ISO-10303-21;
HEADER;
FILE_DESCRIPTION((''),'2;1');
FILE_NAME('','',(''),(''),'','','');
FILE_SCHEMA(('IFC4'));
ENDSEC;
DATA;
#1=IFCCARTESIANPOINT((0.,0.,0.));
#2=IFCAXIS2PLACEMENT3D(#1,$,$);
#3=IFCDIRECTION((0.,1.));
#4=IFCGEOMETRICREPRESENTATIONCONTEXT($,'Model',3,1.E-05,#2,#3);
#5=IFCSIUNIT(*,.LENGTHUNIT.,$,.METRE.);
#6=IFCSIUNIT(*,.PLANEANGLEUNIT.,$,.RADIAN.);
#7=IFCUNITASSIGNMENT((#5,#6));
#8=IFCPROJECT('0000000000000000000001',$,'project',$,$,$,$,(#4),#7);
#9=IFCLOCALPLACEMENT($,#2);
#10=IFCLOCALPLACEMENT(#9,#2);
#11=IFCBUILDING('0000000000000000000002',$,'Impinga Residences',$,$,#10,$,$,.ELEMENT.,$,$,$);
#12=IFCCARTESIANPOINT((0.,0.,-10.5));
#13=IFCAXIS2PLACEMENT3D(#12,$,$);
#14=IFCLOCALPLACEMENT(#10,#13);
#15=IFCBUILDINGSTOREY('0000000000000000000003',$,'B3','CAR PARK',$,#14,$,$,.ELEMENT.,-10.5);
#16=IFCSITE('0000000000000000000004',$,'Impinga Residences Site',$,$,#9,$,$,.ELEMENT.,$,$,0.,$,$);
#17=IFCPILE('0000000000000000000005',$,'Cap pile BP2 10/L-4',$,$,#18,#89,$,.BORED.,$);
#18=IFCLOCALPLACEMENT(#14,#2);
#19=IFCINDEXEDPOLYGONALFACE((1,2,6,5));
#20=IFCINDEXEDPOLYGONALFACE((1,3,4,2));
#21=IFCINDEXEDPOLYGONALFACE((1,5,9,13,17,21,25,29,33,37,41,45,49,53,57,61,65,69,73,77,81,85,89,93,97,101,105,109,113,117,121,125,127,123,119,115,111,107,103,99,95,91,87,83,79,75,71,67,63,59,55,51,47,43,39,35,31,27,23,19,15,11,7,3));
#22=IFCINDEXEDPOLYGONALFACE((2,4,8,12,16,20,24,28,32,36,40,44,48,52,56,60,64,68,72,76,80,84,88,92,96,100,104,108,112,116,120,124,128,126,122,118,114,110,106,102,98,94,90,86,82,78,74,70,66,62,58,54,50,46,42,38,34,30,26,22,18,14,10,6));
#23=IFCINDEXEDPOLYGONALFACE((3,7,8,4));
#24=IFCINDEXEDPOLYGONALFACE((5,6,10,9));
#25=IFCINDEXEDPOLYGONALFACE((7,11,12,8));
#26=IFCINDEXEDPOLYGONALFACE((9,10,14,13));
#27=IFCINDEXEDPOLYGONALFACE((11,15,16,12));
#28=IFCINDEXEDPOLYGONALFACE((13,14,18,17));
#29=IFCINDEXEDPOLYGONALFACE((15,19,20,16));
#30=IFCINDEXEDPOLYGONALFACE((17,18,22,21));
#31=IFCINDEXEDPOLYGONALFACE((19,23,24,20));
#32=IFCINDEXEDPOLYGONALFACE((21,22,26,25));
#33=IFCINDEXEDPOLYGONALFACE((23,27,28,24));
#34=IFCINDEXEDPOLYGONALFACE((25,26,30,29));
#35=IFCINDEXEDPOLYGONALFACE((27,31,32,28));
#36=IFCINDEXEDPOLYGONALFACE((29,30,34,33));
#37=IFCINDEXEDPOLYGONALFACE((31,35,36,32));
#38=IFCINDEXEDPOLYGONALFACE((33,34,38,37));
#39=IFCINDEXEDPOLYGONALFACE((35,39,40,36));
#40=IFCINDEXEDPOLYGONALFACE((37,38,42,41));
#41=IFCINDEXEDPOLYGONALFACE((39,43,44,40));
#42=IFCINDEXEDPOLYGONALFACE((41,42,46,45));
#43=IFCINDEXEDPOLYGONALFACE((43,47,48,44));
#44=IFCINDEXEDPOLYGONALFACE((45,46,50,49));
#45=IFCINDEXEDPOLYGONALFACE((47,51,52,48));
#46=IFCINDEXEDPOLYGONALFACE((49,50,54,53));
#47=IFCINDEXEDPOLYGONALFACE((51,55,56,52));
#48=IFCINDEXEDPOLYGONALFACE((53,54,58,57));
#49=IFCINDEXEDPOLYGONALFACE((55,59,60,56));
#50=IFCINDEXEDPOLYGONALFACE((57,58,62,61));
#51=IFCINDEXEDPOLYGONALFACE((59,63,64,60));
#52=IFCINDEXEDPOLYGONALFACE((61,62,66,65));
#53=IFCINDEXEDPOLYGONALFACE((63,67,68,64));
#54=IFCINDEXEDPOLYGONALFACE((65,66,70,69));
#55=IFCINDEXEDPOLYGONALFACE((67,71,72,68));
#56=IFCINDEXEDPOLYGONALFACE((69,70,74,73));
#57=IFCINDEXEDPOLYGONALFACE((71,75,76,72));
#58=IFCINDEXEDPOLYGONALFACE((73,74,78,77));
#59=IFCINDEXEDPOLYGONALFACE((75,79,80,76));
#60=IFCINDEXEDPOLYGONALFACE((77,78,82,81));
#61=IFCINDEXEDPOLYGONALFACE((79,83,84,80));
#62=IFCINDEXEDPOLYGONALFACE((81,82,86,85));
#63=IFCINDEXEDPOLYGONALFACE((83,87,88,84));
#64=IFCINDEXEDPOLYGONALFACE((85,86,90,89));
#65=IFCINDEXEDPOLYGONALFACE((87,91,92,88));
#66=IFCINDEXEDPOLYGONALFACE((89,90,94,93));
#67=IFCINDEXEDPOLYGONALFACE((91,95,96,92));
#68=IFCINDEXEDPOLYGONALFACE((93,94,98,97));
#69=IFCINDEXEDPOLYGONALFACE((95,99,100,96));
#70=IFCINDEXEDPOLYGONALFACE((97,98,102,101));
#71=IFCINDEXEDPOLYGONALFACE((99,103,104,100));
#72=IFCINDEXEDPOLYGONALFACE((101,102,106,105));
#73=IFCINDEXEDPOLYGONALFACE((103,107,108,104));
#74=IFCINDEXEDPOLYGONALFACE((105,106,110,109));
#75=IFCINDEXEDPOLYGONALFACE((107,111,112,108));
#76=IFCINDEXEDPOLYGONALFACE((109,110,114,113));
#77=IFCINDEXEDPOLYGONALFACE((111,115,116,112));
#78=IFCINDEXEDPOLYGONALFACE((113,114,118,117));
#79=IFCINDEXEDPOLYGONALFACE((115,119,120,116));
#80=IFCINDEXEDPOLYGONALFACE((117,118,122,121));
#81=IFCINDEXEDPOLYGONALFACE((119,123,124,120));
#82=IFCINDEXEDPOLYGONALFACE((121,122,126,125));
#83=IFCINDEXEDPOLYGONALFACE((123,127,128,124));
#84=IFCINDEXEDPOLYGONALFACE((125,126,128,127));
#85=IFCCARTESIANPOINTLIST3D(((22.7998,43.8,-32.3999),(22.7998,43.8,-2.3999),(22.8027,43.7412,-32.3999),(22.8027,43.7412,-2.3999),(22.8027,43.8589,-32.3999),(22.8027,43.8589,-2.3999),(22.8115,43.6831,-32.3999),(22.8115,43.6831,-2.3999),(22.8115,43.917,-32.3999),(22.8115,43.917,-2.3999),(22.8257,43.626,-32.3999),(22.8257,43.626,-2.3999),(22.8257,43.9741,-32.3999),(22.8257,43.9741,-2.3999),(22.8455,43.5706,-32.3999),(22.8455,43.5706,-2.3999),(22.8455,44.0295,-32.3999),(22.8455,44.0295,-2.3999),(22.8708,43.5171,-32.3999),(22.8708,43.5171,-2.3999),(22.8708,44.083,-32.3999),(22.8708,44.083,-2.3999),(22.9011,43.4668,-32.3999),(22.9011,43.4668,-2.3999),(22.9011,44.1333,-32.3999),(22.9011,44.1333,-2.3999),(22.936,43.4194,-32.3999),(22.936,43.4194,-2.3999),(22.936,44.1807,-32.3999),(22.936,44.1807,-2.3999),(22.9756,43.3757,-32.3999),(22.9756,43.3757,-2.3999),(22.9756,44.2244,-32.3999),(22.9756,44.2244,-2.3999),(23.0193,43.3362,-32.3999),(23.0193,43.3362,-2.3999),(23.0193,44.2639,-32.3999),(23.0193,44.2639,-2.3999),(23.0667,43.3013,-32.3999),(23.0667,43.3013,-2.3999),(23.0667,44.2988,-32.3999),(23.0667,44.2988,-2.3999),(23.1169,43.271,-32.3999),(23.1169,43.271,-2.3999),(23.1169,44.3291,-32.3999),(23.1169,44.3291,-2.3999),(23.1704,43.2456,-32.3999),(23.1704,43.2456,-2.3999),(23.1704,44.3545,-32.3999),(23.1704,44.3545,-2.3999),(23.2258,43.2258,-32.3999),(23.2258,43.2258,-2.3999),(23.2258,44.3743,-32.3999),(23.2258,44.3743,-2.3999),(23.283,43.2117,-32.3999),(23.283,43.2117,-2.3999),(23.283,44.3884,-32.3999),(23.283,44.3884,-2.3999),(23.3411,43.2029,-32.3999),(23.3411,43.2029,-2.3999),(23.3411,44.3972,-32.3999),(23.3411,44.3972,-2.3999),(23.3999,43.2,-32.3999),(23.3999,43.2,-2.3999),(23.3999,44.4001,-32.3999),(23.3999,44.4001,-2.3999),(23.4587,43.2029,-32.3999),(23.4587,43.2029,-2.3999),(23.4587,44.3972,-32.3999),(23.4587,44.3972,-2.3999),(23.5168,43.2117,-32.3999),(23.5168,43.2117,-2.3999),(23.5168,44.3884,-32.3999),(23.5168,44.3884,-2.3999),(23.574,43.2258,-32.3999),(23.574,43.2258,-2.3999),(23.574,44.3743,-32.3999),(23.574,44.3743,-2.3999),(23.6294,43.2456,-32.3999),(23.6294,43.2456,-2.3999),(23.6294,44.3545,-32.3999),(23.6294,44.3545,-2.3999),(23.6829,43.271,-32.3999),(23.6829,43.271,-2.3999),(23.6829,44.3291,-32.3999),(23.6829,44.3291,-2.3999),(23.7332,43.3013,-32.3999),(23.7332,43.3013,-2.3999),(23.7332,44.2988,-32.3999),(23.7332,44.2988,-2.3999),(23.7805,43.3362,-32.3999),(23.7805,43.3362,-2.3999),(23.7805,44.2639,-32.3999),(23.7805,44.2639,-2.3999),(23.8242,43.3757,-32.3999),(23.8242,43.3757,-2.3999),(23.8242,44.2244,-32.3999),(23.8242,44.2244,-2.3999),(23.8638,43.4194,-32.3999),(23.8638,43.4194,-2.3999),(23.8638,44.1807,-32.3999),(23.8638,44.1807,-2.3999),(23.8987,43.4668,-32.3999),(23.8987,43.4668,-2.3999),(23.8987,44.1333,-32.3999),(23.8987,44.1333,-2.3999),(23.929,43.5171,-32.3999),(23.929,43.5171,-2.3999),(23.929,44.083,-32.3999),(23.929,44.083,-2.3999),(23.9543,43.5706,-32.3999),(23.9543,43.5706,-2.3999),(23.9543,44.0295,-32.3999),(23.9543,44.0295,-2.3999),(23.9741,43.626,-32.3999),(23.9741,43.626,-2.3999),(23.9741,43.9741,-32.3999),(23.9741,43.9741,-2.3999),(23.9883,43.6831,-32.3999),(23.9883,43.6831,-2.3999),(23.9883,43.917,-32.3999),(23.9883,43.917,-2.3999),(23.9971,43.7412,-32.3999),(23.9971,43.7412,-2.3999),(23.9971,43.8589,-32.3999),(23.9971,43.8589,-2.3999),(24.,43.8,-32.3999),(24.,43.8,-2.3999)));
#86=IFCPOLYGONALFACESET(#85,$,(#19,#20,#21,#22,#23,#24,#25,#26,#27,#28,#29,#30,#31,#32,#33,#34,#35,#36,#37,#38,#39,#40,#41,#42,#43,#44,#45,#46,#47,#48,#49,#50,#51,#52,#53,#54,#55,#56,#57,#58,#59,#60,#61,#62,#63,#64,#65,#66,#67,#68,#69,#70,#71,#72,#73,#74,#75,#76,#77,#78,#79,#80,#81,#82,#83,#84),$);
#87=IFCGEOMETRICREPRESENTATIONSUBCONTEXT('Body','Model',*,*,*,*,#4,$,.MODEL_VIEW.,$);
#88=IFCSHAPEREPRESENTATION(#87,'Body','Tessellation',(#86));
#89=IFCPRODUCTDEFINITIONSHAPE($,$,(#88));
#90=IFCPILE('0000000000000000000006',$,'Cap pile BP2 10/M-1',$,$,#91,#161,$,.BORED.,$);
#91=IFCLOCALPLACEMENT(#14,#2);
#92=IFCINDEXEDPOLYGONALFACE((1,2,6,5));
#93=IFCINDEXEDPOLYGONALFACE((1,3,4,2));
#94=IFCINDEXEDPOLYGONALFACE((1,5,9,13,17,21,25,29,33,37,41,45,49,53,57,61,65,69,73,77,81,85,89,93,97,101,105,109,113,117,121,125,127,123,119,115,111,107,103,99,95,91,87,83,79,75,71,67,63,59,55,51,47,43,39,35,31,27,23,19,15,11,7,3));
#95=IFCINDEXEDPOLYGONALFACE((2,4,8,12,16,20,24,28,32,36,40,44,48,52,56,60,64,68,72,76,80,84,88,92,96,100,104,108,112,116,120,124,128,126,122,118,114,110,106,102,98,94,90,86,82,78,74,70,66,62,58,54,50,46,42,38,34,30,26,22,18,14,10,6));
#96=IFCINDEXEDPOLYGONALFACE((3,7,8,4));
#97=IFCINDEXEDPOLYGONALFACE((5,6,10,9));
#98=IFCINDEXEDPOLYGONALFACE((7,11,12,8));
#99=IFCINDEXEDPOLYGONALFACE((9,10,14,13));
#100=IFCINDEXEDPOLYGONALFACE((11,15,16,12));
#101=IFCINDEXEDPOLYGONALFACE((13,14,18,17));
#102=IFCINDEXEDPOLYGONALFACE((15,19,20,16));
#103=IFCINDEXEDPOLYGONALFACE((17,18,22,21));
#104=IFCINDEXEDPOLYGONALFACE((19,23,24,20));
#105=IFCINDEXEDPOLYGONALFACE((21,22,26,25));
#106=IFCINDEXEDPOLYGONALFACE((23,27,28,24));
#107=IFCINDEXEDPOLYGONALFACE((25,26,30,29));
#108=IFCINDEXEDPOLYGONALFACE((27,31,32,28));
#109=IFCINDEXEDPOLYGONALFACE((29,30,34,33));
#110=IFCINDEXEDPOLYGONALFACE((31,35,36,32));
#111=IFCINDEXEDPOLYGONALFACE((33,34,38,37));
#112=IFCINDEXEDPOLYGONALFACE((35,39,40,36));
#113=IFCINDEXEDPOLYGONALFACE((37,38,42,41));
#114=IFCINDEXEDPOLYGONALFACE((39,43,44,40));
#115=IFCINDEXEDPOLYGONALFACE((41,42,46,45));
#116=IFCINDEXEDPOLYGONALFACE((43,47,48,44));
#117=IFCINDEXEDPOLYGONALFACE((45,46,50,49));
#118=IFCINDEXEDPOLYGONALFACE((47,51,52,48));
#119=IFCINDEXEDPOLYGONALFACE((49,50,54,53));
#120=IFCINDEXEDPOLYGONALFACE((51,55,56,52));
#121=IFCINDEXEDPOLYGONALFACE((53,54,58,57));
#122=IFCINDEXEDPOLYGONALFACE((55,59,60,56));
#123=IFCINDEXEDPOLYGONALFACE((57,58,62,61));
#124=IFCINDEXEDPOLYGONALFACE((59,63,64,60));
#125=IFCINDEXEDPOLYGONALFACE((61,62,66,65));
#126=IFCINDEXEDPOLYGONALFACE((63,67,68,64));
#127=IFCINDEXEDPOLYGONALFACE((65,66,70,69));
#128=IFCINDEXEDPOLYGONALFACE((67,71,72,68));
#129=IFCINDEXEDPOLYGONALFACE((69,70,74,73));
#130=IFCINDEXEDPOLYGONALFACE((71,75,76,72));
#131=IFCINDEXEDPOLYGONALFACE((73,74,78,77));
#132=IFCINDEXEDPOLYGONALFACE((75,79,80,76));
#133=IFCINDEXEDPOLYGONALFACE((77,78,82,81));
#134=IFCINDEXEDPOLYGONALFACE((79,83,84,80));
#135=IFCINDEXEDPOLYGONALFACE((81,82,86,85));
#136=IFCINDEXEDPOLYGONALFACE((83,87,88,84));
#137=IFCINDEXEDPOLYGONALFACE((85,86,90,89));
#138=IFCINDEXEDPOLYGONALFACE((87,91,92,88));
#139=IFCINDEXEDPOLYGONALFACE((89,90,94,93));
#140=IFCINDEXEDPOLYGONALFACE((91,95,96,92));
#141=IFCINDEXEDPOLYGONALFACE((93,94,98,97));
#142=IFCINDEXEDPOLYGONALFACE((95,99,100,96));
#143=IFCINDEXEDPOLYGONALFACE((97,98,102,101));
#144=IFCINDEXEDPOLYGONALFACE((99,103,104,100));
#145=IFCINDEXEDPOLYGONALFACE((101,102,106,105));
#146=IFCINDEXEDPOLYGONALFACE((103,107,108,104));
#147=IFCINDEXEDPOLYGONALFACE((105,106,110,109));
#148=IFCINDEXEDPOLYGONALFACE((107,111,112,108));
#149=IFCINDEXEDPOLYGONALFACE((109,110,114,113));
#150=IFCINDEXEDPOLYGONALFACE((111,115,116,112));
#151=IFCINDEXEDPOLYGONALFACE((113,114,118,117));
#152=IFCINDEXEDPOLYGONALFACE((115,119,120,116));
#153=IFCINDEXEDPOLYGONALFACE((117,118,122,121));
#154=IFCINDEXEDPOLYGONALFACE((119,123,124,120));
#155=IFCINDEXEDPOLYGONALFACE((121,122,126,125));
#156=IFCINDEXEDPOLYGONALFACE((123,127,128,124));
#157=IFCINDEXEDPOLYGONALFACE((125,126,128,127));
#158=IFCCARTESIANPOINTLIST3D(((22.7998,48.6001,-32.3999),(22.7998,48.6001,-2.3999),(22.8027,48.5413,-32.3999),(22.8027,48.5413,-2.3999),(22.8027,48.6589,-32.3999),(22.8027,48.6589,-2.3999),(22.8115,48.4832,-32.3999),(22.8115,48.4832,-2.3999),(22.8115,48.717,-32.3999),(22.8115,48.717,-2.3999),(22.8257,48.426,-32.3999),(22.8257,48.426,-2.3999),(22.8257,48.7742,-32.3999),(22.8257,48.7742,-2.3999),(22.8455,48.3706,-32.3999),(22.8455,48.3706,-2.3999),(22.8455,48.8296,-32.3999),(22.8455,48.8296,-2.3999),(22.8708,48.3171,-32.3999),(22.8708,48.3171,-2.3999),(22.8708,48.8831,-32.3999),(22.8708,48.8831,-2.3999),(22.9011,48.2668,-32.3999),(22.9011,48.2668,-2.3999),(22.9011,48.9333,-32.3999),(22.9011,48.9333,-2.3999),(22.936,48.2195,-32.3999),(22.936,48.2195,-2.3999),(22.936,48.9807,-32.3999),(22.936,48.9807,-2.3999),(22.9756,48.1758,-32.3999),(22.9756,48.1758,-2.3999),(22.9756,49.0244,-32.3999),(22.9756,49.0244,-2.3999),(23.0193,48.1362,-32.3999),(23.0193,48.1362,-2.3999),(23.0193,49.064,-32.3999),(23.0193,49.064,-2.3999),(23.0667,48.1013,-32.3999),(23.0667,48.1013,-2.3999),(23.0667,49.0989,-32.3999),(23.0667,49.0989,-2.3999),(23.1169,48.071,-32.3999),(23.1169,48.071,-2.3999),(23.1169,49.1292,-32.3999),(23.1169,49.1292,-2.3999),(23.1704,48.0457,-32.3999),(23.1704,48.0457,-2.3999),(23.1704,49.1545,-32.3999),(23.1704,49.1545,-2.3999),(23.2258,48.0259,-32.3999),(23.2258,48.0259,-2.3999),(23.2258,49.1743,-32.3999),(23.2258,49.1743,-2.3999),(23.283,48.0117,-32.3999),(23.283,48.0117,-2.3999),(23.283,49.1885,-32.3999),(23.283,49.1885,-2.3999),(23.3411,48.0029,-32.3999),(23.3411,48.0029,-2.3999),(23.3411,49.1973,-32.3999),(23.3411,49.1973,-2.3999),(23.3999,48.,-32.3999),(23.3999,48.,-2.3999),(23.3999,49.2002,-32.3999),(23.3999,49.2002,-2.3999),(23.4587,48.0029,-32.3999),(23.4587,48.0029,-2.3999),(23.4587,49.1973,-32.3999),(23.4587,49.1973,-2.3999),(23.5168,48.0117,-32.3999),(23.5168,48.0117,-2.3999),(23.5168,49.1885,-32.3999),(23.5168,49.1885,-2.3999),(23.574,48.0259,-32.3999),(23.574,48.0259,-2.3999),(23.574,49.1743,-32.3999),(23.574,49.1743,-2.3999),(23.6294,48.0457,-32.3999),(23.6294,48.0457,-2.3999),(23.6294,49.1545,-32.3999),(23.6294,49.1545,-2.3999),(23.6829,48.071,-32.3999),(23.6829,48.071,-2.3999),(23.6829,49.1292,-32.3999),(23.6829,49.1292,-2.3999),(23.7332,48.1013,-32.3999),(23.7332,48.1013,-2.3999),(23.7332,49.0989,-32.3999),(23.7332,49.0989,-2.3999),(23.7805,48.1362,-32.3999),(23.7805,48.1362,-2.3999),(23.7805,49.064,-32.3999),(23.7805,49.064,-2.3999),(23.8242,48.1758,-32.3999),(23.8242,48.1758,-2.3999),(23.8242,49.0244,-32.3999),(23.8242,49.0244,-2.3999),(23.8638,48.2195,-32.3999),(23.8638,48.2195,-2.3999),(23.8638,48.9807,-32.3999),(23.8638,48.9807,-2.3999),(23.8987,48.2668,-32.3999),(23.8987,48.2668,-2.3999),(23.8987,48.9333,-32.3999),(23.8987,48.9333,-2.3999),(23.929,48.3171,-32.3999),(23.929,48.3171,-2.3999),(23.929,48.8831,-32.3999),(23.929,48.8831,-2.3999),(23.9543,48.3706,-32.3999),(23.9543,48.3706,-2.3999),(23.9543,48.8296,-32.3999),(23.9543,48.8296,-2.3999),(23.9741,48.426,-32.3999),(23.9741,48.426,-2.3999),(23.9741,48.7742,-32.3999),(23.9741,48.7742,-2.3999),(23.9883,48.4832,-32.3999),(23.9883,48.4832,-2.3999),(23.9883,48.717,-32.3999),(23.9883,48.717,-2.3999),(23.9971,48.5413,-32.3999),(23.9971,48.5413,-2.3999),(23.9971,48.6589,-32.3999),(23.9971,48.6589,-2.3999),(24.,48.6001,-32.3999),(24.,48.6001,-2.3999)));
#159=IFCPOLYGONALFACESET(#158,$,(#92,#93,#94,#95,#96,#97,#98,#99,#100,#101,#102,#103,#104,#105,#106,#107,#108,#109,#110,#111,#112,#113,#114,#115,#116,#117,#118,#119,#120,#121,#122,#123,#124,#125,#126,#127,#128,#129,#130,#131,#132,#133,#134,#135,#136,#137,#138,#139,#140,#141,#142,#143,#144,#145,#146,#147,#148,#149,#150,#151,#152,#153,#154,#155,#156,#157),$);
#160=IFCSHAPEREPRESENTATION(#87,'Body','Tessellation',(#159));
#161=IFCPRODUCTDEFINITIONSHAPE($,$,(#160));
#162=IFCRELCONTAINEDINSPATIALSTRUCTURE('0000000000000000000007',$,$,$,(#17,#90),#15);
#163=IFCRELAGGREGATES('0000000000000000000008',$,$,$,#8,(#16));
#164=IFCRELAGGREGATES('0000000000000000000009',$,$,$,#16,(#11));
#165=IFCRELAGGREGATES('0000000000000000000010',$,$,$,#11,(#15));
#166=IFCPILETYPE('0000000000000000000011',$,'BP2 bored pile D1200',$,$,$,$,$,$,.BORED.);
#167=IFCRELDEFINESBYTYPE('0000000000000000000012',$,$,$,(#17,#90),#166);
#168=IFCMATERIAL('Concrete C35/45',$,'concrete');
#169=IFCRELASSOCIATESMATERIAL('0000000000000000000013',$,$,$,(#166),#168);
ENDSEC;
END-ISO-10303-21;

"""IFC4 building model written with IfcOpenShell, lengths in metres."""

from ifc_helpers import new_model, si_unit, direction, frame, origin, origin_2d, place, context, subcontext, project, spatial, polyline, circle, outline, extrude, material, material_profile, profile_set, type_object, element, save


model = new_model("IFC4")

# Units and contexts
model_context = context("Model", 3, precision=1e-05, world=origin(), true_north=direction((0.0, 1.0)))
body_context = subcontext(model_context, "Body", "Model", "MODEL_VIEW")
ifc_project = project(units=[si_unit("LENGTHUNIT", "METRE"), si_unit("PLANEANGLEUNIT", "RADIAN")], contexts=[model_context])

# Site, building, storey
site_placement = place(None, origin())
site = spatial("IfcSite", under=ifc_project, at=site_placement, Name="Impinga Residences Site", CompositionType="ELEMENT", RefElevation=0.0)
building_placement = place(site_placement, origin())
building = spatial("IfcBuilding", under=site, at=building_placement, Name="Impinga Residences", CompositionType="ELEMENT")
storey_placement = place(building_placement, frame((0.0, 0.0, -10.5)))
storey = spatial("IfcBuildingStorey", under=building, at=storey_placement, Name="B3", Description="CAR PARK", CompositionType="ELEMENT", Elevation=-10.5)

# Piles
ifc_material_1 = material(Name="Concrete C35/45", Category="concrete")
ifc_material_profile_1 = material_profile(ifc_material_1, circle(Radius=0.6001, at=origin_2d()), Name="D1200")
ifc_profile_set_1 = profile_set([ifc_material_profile_1], Name="Concrete C35/45")
pile_type_1 = type_object("IfcPileType", Name="BP2 bored pile D1200", PredefinedType="BORED", material=ifc_profile_set_1)
pile_1_placement = place(storey_placement, frame((23.3999, 43.8, -2.3999), z_axis=(0.0, 0.0, -1.0), x_axis=(1.0, 0.0, 0.0)))
element("IfcPile", 1, at=pile_1_placement, inside=storey, type_object=pile_type_1, Name="Cap pile BP2 10/L-4", PredefinedType="BORED", context=body_context, shape_type="SweptSolid", body=[
    extrude(outline(polyline([(0.6001, 0.0), (0.5972, 0.0588), (0.5884, 0.1169), (0.5742, 0.1741), (0.5544, 0.2295), (0.5291, 0.283), (0.4988, 0.3333), (0.4639, 0.3806), (0.4243, 0.4243), (0.3806, 0.4639), (0.3333, 0.4988), (0.283, 0.5291), (0.2295, 0.5544), (0.1741, 0.5742), (0.1169, 0.5884), (0.0588, 0.5972), (0.0, 0.6001), (-0.0588, 0.5972), (-0.1169, 0.5884), (-0.1741, 0.5742), (-0.2295, 0.5544), (-0.283, 0.5291), (-0.3333, 0.4988), (-0.3806, 0.4639), (-0.4243, 0.4243), (-0.4639, 0.3806), (-0.4988, 0.3333), (-0.5291, 0.283), (-0.5544, 0.2295), (-0.5742, 0.1741), (-0.5884, 0.1169), (-0.5972, 0.0588), (-0.6001, 0.0), (-0.5972, -0.0588), (-0.5884, -0.1169), (-0.5742, -0.1741), (-0.5544, -0.2295), (-0.5291, -0.283), (-0.4988, -0.3333), (-0.4639, -0.3806), (-0.4243, -0.4243), (-0.3806, -0.4639), (-0.3333, -0.4988), (-0.283, -0.5291), (-0.2295, -0.5544), (-0.1741, -0.5742), (-0.1169, -0.5884), (-0.0588, -0.5972), (0.0, -0.6001), (0.0588, -0.5972), (0.1169, -0.5884), (0.1741, -0.5742), (0.2295, -0.5544), (0.283, -0.5291), (0.3333, -0.4988), (0.3806, -0.4639), (0.4243, -0.4243), (0.4639, -0.3806), (0.4988, -0.3333), (0.5291, -0.283), (0.5544, -0.2295), (0.5742, -0.1741), (0.5884, -0.1169), (0.5972, -0.0588), (0.6001, 0.0)])), origin(), (0.0, 0.0, 1.0), 30.0),
])
pile_2_placement = place(storey_placement, frame((23.3999, 48.6001, -2.3999), z_axis=(0.0, 0.0, -1.0), x_axis=(1.0, 0.0, 0.0)))
element("IfcPile", 2, at=pile_2_placement, inside=storey, type_object=pile_type_1, Name="Cap pile BP2 10/M-1", PredefinedType="BORED", context=body_context, shape_type="SweptSolid", body=[
    extrude(outline(polyline([(0.6001, 0.0), (0.5972, 0.0588), (0.5884, 0.1169), (0.5742, 0.1741), (0.5544, 0.2295), (0.5291, 0.283), (0.4988, 0.3333), (0.4639, 0.3806), (0.4243, 0.4243), (0.3806, 0.4639), (0.3333, 0.4988), (0.283, 0.5291), (0.2295, 0.5544), (0.1741, 0.5742), (0.1169, 0.5884), (0.0588, 0.5972), (0.0, 0.6001), (-0.0588, 0.5972), (-0.1169, 0.5884), (-0.1741, 0.5742), (-0.2295, 0.5544), (-0.283, 0.5291), (-0.3333, 0.4988), (-0.3806, 0.4639), (-0.4243, 0.4243), (-0.4639, 0.3806), (-0.4988, 0.3333), (-0.5291, 0.283), (-0.5544, 0.2295), (-0.5742, 0.1741), (-0.5884, 0.1169), (-0.5972, 0.0588), (-0.6001, 0.0), (-0.5972, -0.0588), (-0.5884, -0.1169), (-0.5742, -0.1741), (-0.5544, -0.2295), (-0.5291, -0.283), (-0.4988, -0.3333), (-0.4639, -0.3806), (-0.4243, -0.4243), (-0.3806, -0.4639), (-0.3333, -0.4988), (-0.283, -0.5291), (-0.2295, -0.5544), (-0.1741, -0.5742), (-0.1169, -0.5884), (-0.0588, -0.5972), (0.0, -0.6001), (0.0588, -0.5972), (0.1169, -0.5884), (0.1741, -0.5742), (0.2295, -0.5544), (0.283, -0.5291), (0.3333, -0.4988), (0.3806, -0.4639), (0.4243, -0.4243), (0.4639, -0.3806), (0.4988, -0.3333), (0.5291, -0.283), (0.5544, -0.2295), (0.5742, -0.1741), (0.5884, -0.1169), (0.5972, -0.0588), (0.6001, 0.0)])), origin(), (0.0, 0.0, 1.0), 30.0),
])

save(model, "model.ifc")
